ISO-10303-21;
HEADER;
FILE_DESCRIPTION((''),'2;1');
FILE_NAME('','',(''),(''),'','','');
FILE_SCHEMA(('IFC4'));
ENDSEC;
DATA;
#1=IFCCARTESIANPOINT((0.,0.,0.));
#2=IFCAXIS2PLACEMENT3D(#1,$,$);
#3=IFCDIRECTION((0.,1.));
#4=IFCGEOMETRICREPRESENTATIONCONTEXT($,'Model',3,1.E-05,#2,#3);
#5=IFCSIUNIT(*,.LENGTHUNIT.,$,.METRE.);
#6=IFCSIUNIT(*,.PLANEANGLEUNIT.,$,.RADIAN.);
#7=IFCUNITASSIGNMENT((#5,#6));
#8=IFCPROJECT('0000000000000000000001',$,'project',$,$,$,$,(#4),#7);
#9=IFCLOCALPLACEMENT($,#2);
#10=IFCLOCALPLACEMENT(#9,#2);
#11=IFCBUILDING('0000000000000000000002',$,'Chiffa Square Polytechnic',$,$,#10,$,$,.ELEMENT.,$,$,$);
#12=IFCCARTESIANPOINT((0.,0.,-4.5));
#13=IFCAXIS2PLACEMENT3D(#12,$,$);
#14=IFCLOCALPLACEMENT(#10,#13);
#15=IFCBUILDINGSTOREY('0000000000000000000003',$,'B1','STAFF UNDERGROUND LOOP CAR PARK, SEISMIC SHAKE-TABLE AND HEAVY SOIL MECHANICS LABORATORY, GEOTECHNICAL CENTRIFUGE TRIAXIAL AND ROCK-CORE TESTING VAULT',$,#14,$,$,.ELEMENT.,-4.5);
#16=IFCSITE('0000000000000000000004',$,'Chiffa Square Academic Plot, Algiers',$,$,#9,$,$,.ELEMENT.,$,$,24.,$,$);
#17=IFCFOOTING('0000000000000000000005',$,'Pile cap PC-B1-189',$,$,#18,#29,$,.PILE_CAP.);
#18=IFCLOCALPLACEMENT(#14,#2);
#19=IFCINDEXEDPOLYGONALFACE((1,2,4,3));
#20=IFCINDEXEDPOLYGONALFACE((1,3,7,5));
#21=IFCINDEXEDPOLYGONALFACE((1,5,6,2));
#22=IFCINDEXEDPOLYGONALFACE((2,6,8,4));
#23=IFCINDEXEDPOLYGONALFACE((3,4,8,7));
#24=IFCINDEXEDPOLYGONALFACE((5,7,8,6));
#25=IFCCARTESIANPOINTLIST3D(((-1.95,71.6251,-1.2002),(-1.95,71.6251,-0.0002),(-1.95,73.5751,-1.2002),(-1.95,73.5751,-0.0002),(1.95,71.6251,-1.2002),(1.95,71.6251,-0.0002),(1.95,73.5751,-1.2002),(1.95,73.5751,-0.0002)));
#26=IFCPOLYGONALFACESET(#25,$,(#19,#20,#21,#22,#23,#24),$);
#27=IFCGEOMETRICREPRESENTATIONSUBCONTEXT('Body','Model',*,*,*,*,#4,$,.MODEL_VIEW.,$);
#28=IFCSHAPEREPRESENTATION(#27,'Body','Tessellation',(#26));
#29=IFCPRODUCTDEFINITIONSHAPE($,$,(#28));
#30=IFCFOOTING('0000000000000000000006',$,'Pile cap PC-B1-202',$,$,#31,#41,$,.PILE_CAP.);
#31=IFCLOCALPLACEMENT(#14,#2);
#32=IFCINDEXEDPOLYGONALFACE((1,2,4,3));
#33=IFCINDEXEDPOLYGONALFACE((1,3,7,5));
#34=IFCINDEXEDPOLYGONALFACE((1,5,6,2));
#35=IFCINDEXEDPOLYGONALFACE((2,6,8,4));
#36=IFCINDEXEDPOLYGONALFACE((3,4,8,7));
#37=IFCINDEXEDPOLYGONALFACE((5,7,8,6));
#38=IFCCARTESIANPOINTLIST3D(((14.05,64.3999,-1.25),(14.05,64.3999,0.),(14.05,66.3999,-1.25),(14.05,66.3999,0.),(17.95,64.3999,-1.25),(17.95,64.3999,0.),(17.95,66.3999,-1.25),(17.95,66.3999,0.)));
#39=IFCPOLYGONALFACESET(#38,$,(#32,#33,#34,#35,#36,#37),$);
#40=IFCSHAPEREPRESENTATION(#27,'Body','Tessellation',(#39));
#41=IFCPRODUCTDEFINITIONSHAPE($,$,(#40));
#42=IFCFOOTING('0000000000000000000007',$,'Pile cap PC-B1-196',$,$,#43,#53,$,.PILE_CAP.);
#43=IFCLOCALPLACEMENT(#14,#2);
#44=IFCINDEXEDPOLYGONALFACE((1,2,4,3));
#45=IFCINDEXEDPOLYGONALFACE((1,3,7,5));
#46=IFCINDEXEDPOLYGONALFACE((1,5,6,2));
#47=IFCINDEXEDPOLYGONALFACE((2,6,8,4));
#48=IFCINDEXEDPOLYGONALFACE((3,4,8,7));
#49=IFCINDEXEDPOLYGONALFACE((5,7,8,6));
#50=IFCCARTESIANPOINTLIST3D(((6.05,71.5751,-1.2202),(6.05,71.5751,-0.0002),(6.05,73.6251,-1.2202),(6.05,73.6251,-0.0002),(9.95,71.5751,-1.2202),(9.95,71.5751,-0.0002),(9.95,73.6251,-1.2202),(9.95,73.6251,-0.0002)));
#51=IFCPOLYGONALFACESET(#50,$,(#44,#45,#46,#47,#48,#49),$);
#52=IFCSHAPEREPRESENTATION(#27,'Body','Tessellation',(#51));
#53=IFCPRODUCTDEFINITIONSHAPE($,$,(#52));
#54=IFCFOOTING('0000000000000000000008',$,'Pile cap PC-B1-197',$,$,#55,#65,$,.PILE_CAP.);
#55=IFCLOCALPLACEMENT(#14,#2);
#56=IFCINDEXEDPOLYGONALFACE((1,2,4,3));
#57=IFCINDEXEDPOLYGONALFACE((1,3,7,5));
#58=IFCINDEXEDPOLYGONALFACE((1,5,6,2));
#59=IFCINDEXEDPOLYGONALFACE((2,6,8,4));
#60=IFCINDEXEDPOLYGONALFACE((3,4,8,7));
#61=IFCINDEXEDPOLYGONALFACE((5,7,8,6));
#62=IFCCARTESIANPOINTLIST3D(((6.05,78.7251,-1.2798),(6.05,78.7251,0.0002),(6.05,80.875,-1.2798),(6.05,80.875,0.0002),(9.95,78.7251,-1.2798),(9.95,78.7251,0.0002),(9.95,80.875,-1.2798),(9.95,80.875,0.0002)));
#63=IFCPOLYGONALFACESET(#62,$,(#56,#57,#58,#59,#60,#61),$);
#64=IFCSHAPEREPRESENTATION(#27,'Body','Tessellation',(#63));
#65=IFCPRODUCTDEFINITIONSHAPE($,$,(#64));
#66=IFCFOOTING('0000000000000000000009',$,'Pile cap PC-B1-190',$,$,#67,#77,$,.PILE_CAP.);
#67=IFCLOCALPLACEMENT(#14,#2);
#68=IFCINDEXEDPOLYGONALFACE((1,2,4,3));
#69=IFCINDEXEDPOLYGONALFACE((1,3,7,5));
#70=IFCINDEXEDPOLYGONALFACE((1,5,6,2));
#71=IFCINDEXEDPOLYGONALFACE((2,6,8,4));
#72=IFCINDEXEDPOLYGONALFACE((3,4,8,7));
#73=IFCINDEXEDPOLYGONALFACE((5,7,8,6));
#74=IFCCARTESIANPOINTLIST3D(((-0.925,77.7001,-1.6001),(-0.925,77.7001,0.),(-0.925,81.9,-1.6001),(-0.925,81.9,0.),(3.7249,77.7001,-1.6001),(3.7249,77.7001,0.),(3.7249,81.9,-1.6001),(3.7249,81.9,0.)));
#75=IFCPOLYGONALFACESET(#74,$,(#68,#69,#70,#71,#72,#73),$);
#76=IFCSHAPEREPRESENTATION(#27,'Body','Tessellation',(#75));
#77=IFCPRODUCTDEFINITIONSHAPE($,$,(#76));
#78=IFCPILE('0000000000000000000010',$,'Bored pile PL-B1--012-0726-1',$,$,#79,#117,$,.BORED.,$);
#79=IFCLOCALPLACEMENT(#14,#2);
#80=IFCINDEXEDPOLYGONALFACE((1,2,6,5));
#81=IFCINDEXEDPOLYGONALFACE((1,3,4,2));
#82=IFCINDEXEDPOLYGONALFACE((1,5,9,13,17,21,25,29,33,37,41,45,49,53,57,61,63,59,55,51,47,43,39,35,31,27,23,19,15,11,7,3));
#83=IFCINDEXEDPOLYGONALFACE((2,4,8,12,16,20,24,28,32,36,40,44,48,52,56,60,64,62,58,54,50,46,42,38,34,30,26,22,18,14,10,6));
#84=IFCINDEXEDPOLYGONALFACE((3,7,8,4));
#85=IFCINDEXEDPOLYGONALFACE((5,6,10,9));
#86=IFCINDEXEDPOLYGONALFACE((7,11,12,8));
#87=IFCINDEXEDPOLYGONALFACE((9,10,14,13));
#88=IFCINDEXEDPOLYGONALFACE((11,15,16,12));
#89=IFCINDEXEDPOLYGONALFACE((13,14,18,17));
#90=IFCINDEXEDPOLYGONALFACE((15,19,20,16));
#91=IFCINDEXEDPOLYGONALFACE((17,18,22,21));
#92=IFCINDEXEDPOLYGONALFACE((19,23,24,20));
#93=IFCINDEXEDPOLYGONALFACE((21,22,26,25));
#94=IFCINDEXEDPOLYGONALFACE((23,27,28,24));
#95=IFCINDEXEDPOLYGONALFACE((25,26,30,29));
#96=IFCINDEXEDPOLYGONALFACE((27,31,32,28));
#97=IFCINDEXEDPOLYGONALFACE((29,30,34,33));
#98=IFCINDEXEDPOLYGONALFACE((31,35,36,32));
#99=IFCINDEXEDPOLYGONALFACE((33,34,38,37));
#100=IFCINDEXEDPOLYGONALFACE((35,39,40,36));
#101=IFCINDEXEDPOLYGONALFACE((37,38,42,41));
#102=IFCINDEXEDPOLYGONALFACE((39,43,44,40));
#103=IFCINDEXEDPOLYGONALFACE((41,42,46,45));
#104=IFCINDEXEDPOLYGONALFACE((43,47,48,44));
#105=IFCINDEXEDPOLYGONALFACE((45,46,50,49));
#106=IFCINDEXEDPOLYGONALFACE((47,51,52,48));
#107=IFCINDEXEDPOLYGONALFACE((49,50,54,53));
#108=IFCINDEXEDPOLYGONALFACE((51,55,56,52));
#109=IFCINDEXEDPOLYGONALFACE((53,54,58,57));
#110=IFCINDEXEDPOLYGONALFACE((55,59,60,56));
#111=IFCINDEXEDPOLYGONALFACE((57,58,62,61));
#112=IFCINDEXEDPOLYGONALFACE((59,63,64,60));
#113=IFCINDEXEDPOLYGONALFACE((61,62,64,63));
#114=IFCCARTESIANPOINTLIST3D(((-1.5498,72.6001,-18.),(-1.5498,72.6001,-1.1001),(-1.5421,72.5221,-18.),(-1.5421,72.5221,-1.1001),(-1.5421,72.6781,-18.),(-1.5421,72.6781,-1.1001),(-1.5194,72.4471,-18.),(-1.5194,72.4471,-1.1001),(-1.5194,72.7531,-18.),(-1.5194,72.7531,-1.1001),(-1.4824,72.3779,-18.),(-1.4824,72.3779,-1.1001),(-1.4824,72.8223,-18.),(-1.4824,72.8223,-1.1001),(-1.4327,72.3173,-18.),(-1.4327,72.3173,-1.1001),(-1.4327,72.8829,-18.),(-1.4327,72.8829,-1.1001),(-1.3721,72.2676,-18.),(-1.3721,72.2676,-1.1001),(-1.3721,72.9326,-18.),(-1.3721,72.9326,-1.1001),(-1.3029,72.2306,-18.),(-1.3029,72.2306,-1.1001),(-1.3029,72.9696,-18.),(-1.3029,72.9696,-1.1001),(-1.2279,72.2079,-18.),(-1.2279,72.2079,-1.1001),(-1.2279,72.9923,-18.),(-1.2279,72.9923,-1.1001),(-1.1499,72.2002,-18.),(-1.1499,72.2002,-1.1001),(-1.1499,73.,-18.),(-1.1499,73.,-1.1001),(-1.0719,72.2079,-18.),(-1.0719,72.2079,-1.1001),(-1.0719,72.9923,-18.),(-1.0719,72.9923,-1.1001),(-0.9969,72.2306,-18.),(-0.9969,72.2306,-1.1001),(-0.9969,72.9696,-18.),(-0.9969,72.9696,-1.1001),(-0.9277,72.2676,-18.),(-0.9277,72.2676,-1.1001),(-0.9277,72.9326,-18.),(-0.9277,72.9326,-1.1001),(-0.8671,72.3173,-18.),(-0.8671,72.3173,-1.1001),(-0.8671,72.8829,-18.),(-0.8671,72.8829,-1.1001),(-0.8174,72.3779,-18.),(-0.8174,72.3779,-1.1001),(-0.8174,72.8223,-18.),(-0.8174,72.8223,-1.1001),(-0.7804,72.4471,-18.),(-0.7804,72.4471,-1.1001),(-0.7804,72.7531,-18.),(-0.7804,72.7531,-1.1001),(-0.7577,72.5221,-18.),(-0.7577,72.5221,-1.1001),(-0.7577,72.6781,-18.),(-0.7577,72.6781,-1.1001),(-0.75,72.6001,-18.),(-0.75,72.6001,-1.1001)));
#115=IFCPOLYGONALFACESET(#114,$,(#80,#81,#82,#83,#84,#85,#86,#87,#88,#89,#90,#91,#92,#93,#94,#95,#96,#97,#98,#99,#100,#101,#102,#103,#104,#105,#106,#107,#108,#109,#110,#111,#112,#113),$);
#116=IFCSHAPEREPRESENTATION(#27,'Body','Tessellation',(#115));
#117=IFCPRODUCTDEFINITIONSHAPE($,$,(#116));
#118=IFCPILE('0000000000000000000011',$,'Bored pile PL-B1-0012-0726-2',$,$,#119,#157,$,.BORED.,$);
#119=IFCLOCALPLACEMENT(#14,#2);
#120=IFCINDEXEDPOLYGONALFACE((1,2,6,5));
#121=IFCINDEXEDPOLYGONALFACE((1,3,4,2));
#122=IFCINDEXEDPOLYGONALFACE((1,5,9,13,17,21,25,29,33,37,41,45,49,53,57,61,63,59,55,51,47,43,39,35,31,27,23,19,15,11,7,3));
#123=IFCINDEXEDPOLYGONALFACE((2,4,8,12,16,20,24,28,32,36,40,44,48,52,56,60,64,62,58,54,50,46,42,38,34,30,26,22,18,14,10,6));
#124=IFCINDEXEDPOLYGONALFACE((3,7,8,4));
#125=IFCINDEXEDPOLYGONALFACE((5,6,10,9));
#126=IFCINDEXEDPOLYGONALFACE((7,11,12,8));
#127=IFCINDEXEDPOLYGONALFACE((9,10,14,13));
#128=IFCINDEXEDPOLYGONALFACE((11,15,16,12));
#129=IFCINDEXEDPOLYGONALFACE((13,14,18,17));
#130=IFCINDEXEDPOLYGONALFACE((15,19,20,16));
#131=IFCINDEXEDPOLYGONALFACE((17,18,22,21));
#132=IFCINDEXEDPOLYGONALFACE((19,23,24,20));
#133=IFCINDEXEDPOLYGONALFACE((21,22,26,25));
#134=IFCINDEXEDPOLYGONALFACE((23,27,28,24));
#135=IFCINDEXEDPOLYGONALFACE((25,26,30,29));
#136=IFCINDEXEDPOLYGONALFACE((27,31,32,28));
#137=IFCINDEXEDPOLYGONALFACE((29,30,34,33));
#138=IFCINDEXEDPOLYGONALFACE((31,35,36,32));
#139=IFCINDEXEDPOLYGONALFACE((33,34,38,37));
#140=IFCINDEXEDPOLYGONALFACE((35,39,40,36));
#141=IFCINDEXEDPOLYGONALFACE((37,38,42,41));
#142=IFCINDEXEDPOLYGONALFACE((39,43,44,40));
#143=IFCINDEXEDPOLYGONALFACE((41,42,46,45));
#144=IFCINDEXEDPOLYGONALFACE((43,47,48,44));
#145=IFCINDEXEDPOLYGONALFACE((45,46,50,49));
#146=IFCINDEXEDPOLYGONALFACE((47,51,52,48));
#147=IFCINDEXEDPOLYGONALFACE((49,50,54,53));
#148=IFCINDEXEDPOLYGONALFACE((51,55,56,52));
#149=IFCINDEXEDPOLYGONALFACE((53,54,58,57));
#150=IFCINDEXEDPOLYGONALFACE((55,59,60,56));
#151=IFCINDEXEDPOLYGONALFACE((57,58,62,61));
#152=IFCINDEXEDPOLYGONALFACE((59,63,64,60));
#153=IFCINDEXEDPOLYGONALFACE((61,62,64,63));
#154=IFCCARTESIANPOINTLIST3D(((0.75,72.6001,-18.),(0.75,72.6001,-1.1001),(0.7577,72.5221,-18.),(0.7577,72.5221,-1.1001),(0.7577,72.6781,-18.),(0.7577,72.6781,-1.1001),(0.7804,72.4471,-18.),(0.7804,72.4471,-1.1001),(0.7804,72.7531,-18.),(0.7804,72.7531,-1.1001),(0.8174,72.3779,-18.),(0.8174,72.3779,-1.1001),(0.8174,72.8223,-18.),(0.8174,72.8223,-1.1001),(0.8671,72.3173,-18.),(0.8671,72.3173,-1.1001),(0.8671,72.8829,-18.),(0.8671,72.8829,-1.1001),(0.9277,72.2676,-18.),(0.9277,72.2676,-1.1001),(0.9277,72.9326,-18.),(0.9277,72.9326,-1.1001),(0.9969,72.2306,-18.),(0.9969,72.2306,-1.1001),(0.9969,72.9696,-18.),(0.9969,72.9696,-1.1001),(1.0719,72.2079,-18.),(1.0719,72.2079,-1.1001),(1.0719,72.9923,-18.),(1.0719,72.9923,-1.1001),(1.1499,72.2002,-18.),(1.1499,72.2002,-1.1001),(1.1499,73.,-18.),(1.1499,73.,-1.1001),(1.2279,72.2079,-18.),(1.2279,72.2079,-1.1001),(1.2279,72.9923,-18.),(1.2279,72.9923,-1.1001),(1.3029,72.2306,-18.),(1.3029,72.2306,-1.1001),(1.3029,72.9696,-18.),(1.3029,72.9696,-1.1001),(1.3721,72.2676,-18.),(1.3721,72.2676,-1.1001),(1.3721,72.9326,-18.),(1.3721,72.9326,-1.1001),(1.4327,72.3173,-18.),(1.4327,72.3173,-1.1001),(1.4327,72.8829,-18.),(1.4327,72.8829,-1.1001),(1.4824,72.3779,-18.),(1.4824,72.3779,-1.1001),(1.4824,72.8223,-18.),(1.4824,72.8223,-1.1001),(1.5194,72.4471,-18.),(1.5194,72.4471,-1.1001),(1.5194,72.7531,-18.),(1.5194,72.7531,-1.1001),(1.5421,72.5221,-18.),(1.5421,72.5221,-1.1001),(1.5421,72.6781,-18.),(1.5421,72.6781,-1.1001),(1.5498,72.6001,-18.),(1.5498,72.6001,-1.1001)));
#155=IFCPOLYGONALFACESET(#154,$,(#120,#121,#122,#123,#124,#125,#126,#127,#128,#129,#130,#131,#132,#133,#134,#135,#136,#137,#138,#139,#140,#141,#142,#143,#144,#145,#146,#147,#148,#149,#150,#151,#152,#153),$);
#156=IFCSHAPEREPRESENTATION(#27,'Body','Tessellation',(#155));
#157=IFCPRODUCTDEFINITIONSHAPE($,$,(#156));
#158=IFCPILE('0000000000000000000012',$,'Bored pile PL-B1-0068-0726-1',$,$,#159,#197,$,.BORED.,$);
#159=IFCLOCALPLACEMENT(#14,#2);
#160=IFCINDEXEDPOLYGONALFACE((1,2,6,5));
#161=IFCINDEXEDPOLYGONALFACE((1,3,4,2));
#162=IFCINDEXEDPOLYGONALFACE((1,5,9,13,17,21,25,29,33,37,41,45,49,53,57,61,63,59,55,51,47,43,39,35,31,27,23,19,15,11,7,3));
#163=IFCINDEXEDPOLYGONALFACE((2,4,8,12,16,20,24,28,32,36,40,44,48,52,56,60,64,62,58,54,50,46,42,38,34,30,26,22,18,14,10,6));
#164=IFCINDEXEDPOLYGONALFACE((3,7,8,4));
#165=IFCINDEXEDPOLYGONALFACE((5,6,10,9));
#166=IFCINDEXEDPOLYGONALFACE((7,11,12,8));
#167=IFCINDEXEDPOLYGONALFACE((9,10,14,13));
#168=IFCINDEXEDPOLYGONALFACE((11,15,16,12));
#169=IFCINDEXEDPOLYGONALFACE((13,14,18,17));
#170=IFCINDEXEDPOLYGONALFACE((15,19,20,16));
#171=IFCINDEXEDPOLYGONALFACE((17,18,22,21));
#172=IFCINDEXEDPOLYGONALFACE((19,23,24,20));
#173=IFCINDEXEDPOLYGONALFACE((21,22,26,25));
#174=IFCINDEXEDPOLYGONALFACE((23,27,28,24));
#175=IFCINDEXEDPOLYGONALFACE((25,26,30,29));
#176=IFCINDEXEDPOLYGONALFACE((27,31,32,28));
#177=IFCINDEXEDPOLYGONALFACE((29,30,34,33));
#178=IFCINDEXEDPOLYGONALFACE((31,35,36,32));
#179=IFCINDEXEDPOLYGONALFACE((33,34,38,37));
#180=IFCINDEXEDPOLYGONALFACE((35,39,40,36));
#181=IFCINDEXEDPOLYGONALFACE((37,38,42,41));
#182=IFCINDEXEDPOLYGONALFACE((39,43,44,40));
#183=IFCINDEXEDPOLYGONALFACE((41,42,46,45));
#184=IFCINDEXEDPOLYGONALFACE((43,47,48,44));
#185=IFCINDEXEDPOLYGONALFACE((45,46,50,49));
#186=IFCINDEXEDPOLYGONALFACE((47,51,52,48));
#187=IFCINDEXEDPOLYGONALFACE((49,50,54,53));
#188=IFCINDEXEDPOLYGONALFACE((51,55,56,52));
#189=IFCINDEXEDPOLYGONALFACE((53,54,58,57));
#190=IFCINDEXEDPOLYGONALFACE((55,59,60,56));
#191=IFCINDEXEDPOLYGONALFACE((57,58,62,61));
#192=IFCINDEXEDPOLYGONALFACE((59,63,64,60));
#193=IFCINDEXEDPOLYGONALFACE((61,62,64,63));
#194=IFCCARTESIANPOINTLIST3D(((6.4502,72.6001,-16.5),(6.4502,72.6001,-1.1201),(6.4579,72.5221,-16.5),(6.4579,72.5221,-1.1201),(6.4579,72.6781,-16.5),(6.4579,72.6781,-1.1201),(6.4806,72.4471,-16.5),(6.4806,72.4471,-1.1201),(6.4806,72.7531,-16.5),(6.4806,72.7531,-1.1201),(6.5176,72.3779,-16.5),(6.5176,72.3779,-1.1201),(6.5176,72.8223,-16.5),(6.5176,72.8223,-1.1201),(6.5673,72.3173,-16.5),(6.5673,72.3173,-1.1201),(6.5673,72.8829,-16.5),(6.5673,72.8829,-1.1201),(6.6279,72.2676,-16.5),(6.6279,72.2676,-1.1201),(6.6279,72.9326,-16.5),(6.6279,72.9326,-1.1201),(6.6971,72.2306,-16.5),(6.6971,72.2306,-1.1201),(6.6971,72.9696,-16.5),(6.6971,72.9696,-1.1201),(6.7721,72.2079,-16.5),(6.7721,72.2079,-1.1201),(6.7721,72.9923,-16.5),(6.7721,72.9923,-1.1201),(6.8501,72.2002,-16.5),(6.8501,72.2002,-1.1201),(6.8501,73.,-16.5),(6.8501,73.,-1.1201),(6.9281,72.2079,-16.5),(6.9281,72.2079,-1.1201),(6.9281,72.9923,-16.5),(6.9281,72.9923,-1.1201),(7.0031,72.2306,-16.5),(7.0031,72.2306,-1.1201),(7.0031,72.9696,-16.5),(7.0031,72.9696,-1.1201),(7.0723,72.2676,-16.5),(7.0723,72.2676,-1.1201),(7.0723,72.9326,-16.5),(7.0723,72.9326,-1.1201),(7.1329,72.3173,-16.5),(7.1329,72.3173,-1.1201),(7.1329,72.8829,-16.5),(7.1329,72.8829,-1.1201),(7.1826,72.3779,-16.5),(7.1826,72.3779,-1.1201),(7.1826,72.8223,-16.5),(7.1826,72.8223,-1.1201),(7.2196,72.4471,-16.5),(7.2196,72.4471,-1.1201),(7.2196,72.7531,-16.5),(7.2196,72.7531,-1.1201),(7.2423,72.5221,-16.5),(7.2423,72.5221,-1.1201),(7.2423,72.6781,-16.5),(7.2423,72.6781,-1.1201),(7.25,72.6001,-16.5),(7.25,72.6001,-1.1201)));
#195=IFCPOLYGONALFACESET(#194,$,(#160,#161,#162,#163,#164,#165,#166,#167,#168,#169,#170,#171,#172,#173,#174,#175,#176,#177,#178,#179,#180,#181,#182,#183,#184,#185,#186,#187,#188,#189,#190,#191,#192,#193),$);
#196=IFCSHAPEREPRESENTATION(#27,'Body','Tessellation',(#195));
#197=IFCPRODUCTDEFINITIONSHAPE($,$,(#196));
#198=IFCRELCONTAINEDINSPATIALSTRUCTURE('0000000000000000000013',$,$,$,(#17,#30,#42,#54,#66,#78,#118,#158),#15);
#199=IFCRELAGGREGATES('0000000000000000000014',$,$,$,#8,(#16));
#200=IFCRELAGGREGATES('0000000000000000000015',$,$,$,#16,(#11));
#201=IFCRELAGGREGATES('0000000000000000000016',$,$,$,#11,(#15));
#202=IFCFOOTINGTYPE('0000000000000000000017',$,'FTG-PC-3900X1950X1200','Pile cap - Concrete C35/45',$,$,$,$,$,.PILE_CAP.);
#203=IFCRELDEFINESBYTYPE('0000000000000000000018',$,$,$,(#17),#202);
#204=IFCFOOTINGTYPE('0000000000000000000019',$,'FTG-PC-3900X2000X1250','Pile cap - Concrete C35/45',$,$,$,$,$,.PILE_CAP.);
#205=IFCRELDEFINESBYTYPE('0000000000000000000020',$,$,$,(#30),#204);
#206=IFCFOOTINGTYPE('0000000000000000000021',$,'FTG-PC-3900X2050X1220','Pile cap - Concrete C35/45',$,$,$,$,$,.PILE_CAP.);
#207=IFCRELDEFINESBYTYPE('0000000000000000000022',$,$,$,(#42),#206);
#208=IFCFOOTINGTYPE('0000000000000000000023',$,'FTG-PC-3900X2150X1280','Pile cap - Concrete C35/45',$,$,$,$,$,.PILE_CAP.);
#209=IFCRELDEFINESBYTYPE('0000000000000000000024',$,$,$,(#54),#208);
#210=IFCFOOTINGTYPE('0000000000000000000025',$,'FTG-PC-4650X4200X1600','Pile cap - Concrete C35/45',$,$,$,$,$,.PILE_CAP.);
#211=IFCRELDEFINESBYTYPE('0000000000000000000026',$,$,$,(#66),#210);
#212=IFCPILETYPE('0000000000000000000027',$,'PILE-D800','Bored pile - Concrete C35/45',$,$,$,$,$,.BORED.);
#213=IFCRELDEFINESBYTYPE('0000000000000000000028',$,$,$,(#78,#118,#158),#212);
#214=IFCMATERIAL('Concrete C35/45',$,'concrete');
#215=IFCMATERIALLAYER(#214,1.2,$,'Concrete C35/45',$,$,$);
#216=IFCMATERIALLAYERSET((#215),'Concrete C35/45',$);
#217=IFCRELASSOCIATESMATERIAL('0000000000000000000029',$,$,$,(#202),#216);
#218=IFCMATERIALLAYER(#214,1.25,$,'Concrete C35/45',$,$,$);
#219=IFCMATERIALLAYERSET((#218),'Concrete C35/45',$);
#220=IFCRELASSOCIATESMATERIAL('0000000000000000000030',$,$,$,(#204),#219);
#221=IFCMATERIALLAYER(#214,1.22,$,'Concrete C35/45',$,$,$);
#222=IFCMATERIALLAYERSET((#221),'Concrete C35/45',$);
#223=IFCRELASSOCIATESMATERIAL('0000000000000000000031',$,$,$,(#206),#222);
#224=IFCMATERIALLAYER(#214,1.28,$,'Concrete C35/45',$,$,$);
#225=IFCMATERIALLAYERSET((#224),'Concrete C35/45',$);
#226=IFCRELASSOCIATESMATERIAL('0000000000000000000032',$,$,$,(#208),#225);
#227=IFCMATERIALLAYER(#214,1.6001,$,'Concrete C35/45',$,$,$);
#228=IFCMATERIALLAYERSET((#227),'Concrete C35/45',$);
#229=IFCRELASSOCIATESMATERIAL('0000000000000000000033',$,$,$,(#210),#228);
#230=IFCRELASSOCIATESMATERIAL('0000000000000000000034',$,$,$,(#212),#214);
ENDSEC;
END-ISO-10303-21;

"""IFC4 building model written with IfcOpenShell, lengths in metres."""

from ifc_helpers import new_model, si_unit, direction, frame, origin, origin_2d, place, context, subcontext, project, spatial, rectangle, circle, extrude, material, layer, layer_set, material_profile, profile_set, type_object, element, save


model = new_model("IFC4")

# Units and contexts
model_context = context("Model", 3, precision=1e-05, world=origin(), true_north=direction((0.0, 1.0)))
body_context = subcontext(model_context, "Body", "Model", "MODEL_VIEW")
ifc_project = project(units=[si_unit("LENGTHUNIT", "METRE"), si_unit("PLANEANGLEUNIT", "RADIAN")], contexts=[model_context])

# Site, building, storey
site_placement = place(None, origin())
site = spatial("IfcSite", under=ifc_project, at=site_placement, Name="Chiffa Square Academic Plot, Algiers", CompositionType="ELEMENT", RefElevation=24.0)
building_placement = place(site_placement, origin())
building = spatial("IfcBuilding", under=site, at=building_placement, Name="Chiffa Square Polytechnic", CompositionType="ELEMENT")
storey_placement = place(building_placement, frame((0.0, 0.0, -4.5)))
storey = spatial("IfcBuildingStorey", under=building, at=storey_placement, Name="B1", Description="STAFF UNDERGROUND LOOP CAR PARK, SEISMIC SHAKE-TABLE AND HEAVY SOIL MECHANICS LABORATORY, GEOTECHNICAL CENTRIFUGE TRIAXIAL AND ROCK-CORE TESTING VAULT", CompositionType="ELEMENT", Elevation=-4.5)

# Footings
ifc_material = material(Name="Concrete C35/45", Category="concrete")
ifc_layer_1 = layer(ifc_material, 1.2, Name="Concrete C35/45")
ifc_layer_set_1 = layer_set([ifc_layer_1], Name="Concrete C35/45")
footing_type_1 = type_object("IfcFootingType", Name="FTG-PC-3900X1950X1200", Description="Pile cap - Concrete C35/45", PredefinedType="PILE_CAP", material=ifc_layer_set_1)
footing_1_placement = place(storey_placement, frame((0.0, 72.6001, -1.2002), z_axis=(0.0, 0.0, 1.0), x_axis=(1.0, 0.0, 0.0)))
element("IfcFooting", 1, at=footing_1_placement, inside=storey, type_object=footing_type_1, Name="Pile cap PC-B1-189", PredefinedType="PILE_CAP", context=body_context, shape_type="SweptSolid", body=[
    extrude(rectangle(XDim=3.8999, YDim=1.95, at=origin_2d()), origin(), (0.0, 0.0, 1.0), 1.2),
])
ifc_layer_2 = layer(ifc_material, 1.25, Name="Concrete C35/45")
ifc_layer_set_2 = layer_set([ifc_layer_2], Name="Concrete C35/45")
footing_type_2 = type_object("IfcFootingType", Name="FTG-PC-3900X2000X1250", Description="Pile cap - Concrete C35/45", PredefinedType="PILE_CAP", material=ifc_layer_set_2)
footing_2_placement = place(storey_placement, frame((16.0, 65.3999, -1.25), z_axis=(0.0, 0.0, 1.0), x_axis=(1.0, 0.0, 0.0)))
element("IfcFooting", 2, at=footing_2_placement, inside=storey, type_object=footing_type_2, Name="Pile cap PC-B1-202", PredefinedType="PILE_CAP", context=body_context, shape_type="SweptSolid", body=[
    extrude(rectangle(XDim=3.8999, YDim=2.0, at=origin_2d()), origin(), (0.0, 0.0, 1.0), 1.25),
])
ifc_layer_3 = layer(ifc_material, 1.22, Name="Concrete C35/45")
ifc_layer_set_3 = layer_set([ifc_layer_3], Name="Concrete C35/45")
footing_type_3 = type_object("IfcFootingType", Name="FTG-PC-3900X2050X1220", Description="Pile cap - Concrete C35/45", PredefinedType="PILE_CAP", material=ifc_layer_set_3)
footing_3_placement = place(storey_placement, frame((8.0, 72.6001, -1.2202), z_axis=(0.0, 0.0, 1.0), x_axis=(1.0, 0.0, 0.0)))
element("IfcFooting", 3, at=footing_3_placement, inside=storey, type_object=footing_type_3, Name="Pile cap PC-B1-196", PredefinedType="PILE_CAP", context=body_context, shape_type="SweptSolid", body=[
    extrude(rectangle(XDim=3.8999, YDim=2.05, at=origin_2d()), origin(), (0.0, 0.0, 1.0), 1.22),
])
ifc_layer_4 = layer(ifc_material, 1.28, Name="Concrete C35/45")
ifc_layer_set_4 = layer_set([ifc_layer_4], Name="Concrete C35/45")
footing_type_4 = type_object("IfcFootingType", Name="FTG-PC-3900X2150X1280", Description="Pile cap - Concrete C35/45", PredefinedType="PILE_CAP", material=ifc_layer_set_4)
footing_4_placement = place(storey_placement, frame((8.0, 79.8, -1.2798), z_axis=(0.0, 0.0, 1.0), x_axis=(1.0, 0.0, 0.0)))
element("IfcFooting", 4, at=footing_4_placement, inside=storey, type_object=footing_type_4, Name="Pile cap PC-B1-197", PredefinedType="PILE_CAP", context=body_context, shape_type="SweptSolid", body=[
    extrude(rectangle(XDim=3.8999, YDim=2.1499, at=origin_2d()), origin(), (0.0, 0.0, 1.0), 1.28),
])
ifc_layer_5 = layer(ifc_material, 1.6001, Name="Concrete C35/45")
ifc_layer_set_5 = layer_set([ifc_layer_5], Name="Concrete C35/45")
footing_type_5 = type_object("IfcFootingType", Name="FTG-PC-4650X4200X1600", Description="Pile cap - Concrete C35/45", PredefinedType="PILE_CAP", material=ifc_layer_set_5)
footing_5_placement = place(storey_placement, frame((1.3999, 79.8, -1.6001), z_axis=(0.0, 0.0, 1.0), x_axis=(1.0, 0.0, 0.0)))
element("IfcFooting", 5, at=footing_5_placement, inside=storey, type_object=footing_type_5, Name="Pile cap PC-B1-190", PredefinedType="PILE_CAP", context=body_context, shape_type="SweptSolid", body=[
    extrude(rectangle(XDim=4.6499, YDim=4.2, at=origin_2d()), origin(), (0.0, 0.0, 1.0), 1.6001),
])

# Piles
ifc_material_profile_1 = material_profile(ifc_material, circle(Radius=0.3999, at=origin_2d()), Name="PILE D800")
ifc_profile_set_1 = profile_set([ifc_material_profile_1], Name="Concrete C35/45")
pile_type_1 = type_object("IfcPileType", Name="PILE-D800", Description="Bored pile - Concrete C35/45", PredefinedType="BORED", material=ifc_profile_set_1)
for number, where, z_axis, x_axis, name in (
    (6, (-1.1499, 72.6001, -1.1001), (0.0, 0.0, -1.0), (1.0, 0.0, 0.0), "Bored pile PL-B1--012-0726-1"),
    (7, (1.1499, 72.6001, -1.1001), (0.0, 0.0, -1.0), (1.0, 0.0, 0.0), "Bored pile PL-B1-0012-0726-2"),
):
    element("IfcPile", number, at=place(storey_placement, frame(where, z_axis=z_axis, x_axis=x_axis)), inside=storey, type_object=pile_type_1, Name=name, PredefinedType="BORED", context=body_context, shape_type="SweptSolid", body=[
        extrude(circle(Radius=0.3999, at=origin_2d()), origin(), (0.0, 0.0, 1.0), 16.8999),
    ])
for number, where, z_axis, x_axis, name in (
    (8, (6.8501, 72.6001, -1.1201), (0.0, 0.0, -1.0), (1.0, 0.0, 0.0), "Bored pile PL-B1-0068-0726-1"),
):
    element("IfcPile", number, at=place(storey_placement, frame(where, z_axis=z_axis, x_axis=x_axis)), inside=storey, type_object=pile_type_1, Name=name, PredefinedType="BORED", context=body_context, shape_type="SweptSolid", body=[
        extrude(circle(Radius=0.3999, at=origin_2d()), origin(), (0.0, 0.0, 1.0), 15.3799),
    ])

save(model, "model.ifc")
